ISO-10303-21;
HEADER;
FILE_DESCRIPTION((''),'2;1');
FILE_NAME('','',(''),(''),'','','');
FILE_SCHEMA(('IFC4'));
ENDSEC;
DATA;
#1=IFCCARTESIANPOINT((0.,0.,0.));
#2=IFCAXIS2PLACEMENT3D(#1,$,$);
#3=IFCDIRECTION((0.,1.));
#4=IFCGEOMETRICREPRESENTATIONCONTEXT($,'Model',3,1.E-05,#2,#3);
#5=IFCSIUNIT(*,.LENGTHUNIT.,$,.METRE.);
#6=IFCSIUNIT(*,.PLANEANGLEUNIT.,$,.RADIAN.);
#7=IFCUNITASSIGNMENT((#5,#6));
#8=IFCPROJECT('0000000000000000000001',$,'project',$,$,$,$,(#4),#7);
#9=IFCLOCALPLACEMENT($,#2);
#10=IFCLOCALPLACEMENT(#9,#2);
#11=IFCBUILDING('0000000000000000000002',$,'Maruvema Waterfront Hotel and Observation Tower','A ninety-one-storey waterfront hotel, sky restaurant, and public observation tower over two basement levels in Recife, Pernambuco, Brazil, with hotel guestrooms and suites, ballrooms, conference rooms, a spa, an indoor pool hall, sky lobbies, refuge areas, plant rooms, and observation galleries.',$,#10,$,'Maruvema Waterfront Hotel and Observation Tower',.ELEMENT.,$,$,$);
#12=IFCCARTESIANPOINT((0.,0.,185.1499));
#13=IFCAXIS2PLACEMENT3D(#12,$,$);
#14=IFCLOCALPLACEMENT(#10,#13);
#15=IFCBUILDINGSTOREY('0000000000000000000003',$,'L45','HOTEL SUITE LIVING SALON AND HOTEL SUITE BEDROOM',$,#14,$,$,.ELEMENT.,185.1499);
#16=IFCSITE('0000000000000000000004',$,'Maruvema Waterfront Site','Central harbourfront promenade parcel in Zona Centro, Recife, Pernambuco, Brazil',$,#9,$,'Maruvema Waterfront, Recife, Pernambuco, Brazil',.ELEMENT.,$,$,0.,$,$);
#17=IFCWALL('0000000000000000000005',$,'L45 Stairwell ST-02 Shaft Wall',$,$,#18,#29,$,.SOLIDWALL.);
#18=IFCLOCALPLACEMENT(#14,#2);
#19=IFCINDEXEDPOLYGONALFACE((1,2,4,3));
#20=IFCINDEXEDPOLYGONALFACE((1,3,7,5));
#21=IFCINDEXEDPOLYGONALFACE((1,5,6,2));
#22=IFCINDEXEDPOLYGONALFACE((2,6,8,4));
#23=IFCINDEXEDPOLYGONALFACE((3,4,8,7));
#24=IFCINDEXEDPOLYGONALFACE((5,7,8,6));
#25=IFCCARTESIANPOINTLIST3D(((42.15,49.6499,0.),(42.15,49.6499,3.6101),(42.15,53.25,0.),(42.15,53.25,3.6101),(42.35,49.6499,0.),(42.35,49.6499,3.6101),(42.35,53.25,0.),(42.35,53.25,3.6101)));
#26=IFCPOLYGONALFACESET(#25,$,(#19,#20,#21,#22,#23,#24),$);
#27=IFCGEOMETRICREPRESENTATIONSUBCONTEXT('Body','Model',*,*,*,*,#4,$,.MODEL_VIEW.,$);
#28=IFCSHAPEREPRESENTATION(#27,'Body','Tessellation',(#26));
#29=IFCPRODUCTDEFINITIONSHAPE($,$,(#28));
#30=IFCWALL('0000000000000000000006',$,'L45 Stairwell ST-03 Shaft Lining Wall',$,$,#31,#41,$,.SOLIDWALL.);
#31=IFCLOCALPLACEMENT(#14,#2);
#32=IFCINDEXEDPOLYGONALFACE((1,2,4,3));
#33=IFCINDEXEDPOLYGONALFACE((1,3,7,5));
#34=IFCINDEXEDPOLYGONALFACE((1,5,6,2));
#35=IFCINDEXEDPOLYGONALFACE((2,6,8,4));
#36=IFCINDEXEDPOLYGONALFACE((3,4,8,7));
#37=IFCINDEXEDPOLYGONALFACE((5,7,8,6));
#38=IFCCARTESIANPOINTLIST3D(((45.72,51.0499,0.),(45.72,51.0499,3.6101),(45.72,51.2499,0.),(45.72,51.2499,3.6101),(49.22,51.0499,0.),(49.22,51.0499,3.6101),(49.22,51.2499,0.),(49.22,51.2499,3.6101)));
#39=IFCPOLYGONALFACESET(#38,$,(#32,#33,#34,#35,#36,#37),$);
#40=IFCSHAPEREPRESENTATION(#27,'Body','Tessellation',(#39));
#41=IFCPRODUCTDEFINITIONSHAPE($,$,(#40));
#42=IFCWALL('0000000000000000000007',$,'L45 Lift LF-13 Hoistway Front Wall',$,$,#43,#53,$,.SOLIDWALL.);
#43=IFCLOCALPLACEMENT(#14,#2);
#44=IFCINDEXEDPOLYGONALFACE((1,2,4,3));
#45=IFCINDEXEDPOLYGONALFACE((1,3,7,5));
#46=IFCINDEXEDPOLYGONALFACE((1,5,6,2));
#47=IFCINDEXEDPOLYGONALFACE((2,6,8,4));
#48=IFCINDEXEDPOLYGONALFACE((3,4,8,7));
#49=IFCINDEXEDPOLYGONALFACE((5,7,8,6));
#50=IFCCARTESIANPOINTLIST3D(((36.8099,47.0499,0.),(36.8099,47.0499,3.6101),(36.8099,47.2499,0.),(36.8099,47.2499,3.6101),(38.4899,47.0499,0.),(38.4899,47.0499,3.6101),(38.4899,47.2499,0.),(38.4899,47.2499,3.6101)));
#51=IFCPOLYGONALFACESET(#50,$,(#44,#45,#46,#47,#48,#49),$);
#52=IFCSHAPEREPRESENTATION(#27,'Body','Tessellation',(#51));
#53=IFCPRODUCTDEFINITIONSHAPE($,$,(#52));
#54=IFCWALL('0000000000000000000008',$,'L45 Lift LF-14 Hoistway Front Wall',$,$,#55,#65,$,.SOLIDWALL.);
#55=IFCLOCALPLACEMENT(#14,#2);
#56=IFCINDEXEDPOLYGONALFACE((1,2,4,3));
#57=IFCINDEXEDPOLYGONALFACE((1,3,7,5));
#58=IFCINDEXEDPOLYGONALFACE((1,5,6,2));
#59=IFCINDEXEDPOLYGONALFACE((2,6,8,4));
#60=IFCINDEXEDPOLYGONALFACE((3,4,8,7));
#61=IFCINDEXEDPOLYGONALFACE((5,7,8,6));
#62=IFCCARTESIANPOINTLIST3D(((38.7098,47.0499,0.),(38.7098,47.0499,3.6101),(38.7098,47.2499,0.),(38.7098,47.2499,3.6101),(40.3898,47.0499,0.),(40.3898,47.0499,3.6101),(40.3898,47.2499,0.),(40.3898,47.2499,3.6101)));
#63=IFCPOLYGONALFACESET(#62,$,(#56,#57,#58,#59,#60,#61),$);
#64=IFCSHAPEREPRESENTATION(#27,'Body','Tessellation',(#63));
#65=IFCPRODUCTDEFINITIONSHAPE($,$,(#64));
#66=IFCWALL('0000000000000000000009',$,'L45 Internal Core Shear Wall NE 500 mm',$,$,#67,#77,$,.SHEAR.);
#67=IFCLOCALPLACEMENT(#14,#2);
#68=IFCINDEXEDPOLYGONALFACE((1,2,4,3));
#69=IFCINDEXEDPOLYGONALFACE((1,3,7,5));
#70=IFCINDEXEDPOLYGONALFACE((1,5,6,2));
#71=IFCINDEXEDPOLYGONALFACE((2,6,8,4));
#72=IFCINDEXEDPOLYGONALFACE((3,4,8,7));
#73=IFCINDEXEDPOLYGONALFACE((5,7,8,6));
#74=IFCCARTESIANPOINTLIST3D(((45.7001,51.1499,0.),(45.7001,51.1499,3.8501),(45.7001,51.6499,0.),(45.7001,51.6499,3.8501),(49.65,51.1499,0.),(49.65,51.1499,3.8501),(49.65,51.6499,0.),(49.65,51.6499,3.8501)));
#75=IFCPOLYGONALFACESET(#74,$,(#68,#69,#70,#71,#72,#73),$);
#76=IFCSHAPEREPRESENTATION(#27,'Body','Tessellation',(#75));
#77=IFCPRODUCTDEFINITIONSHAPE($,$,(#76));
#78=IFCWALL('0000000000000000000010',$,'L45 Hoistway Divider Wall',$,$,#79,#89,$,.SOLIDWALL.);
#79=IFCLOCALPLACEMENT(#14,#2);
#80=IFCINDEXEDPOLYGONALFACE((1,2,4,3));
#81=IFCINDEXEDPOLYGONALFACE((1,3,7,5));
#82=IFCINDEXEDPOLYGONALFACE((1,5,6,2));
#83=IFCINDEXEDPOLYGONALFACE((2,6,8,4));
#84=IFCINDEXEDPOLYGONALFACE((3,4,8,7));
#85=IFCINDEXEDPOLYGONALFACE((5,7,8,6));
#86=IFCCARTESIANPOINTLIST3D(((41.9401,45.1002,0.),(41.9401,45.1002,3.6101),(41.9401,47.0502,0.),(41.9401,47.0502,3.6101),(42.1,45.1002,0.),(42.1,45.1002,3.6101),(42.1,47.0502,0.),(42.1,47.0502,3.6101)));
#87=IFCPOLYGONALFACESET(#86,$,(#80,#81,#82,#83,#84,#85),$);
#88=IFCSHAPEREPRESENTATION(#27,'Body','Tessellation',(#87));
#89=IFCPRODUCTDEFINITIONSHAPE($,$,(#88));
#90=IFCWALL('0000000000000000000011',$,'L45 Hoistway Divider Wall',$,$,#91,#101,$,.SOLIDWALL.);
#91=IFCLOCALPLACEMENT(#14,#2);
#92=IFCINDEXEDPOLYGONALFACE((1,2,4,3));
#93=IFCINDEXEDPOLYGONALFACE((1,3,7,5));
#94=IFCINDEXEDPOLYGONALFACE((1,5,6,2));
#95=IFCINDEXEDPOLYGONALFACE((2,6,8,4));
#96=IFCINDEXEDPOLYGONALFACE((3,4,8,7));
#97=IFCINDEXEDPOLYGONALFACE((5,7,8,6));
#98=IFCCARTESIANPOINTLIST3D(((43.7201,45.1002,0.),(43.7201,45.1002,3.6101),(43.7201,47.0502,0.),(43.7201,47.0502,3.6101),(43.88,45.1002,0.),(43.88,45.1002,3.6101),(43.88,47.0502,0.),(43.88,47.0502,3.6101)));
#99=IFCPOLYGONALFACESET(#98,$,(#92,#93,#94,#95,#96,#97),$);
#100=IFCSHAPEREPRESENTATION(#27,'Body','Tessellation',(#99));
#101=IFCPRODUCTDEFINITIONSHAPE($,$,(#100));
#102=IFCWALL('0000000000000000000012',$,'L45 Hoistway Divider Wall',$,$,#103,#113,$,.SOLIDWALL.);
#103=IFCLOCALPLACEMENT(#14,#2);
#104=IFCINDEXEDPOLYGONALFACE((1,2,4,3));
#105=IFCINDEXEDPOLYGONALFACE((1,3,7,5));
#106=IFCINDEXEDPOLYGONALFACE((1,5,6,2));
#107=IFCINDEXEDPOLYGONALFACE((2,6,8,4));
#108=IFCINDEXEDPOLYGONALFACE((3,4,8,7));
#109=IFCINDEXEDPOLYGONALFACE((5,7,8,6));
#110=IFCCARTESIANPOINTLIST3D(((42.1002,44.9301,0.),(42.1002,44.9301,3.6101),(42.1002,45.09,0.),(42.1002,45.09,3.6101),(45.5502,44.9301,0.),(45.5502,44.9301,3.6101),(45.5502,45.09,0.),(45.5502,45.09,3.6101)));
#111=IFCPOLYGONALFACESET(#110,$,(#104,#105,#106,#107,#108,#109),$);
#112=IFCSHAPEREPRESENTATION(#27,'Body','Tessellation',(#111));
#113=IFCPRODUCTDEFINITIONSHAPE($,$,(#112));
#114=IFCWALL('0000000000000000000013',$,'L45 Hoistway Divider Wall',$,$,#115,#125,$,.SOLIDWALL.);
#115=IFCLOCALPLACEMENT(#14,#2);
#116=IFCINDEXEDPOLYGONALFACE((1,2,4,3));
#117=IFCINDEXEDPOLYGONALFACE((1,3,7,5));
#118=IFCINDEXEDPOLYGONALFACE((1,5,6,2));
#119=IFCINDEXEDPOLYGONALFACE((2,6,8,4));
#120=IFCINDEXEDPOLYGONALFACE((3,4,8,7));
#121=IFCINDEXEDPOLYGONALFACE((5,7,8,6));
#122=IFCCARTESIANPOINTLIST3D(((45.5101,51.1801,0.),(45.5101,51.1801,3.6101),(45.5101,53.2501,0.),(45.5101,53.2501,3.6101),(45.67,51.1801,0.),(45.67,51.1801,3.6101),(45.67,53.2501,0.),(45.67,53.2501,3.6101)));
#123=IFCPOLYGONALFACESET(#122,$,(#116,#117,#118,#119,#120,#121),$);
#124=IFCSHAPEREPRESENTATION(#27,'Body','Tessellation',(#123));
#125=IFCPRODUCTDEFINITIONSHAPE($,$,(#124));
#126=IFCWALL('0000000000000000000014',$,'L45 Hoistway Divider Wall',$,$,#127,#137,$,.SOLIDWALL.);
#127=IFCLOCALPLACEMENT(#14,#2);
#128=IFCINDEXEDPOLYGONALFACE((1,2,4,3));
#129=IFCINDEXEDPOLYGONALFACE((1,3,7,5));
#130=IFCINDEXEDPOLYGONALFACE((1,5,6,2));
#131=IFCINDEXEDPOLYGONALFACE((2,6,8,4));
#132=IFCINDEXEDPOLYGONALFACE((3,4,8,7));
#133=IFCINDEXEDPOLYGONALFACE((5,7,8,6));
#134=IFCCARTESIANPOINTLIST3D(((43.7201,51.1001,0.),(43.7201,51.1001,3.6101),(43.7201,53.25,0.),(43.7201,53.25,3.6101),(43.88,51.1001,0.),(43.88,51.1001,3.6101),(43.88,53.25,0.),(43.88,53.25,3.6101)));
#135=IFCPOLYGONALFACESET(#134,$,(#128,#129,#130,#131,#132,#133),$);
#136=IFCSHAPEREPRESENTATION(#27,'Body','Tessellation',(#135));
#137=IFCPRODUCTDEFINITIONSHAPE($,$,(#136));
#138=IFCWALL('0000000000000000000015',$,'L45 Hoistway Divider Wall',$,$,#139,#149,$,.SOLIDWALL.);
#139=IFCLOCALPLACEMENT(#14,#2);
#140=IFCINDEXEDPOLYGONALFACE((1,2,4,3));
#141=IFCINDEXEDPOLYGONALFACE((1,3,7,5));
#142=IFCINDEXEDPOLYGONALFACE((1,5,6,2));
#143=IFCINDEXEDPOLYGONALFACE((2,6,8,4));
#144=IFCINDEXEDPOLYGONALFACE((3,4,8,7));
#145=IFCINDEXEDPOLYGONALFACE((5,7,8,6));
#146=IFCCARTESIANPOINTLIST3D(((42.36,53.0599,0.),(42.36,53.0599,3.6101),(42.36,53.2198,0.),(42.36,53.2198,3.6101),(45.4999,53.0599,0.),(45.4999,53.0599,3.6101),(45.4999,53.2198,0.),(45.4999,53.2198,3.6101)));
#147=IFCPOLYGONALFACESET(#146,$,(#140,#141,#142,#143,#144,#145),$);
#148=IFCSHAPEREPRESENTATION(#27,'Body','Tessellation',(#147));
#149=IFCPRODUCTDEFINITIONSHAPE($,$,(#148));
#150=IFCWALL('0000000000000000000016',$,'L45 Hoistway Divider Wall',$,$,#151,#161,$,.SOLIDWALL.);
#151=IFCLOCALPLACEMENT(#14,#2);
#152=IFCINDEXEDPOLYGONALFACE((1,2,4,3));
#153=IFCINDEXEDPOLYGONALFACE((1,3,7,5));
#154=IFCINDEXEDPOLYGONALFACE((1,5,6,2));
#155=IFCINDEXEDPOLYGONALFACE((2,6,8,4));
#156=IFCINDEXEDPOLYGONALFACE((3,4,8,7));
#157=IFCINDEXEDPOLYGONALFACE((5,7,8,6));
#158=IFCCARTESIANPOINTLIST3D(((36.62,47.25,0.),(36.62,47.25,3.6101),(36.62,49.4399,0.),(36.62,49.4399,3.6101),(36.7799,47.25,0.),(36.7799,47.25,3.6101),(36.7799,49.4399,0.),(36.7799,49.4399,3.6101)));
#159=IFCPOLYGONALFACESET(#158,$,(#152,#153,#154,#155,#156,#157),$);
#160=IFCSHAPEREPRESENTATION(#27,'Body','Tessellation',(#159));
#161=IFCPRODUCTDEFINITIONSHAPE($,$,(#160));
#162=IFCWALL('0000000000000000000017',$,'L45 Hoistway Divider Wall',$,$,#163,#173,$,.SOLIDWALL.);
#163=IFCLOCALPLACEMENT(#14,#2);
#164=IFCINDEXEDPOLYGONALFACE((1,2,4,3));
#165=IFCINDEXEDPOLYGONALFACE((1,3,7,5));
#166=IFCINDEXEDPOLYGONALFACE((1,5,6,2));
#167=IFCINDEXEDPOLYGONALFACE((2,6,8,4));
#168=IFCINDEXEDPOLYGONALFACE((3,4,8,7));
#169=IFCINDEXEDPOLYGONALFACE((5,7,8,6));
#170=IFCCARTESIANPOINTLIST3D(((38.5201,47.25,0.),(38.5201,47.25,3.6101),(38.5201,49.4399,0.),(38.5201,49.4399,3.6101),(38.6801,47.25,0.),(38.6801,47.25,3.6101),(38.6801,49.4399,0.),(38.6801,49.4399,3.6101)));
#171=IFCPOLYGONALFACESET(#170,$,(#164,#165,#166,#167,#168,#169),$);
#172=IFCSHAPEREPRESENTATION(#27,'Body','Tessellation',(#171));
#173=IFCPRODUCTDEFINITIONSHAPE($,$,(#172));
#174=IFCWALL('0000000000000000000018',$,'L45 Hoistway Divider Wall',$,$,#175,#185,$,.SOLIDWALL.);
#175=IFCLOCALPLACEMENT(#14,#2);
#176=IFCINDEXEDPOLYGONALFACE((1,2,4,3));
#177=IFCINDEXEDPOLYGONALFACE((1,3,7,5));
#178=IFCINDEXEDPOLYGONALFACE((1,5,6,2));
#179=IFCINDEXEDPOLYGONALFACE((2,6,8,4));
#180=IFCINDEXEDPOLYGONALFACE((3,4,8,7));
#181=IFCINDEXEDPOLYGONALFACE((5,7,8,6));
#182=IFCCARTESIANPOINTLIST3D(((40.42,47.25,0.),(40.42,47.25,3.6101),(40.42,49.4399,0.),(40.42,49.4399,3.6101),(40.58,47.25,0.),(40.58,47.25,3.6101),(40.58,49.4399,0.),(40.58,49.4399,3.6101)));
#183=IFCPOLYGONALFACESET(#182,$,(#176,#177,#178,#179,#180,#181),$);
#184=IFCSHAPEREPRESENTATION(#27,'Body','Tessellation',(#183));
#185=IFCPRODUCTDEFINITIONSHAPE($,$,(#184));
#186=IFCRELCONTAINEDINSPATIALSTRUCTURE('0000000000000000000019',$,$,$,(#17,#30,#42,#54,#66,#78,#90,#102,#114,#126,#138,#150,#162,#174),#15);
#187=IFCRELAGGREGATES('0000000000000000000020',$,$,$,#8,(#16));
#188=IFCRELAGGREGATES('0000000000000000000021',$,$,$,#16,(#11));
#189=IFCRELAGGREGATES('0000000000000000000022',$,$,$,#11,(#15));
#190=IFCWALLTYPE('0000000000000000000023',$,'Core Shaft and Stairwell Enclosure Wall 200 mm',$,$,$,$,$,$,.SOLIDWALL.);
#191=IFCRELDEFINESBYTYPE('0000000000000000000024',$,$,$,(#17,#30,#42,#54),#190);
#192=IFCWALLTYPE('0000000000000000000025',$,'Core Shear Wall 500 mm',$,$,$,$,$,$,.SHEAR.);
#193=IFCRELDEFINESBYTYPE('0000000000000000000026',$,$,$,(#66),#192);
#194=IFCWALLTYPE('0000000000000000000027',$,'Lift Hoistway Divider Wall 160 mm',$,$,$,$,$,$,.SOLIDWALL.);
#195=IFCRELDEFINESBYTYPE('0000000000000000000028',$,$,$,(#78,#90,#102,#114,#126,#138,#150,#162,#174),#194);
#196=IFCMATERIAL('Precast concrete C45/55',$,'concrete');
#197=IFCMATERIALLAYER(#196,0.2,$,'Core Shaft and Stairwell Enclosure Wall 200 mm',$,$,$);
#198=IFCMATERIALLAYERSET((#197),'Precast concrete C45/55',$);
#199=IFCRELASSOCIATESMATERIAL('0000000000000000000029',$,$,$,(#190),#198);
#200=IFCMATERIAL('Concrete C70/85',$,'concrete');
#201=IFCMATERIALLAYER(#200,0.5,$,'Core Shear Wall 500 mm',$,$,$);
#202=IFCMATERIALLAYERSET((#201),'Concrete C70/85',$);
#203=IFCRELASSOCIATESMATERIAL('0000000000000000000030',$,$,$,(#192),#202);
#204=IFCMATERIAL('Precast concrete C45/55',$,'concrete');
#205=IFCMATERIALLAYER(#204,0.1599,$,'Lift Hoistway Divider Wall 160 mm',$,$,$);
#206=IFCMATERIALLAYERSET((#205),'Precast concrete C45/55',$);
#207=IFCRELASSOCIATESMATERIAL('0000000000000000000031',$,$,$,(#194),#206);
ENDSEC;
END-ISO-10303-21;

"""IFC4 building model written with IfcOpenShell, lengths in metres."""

from ifc_helpers import new_model, si_unit, direction, frame, frame_2d, origin, place, context, subcontext, project, spatial, rectangle, extrude, material, layer, layer_set, type_object, element, save


model = new_model("IFC4")

# Units and contexts
model_context = context("Model", 3, precision=1e-05, world=origin(), true_north=direction((0.0, 1.0)))
body_context = subcontext(model_context, "Body", "Model", "MODEL_VIEW")
ifc_project = project(units=[si_unit("LENGTHUNIT", "METRE"), si_unit("PLANEANGLEUNIT", "RADIAN")], contexts=[model_context])

# Site, building, storey
site_placement = place(None, origin())
site = spatial("IfcSite", under=ifc_project, at=site_placement, Name="Maruvema Waterfront Site", Description="Central harbourfront promenade parcel in Zona Centro, Recife, Pernambuco, Brazil", LongName="Maruvema Waterfront, Recife, Pernambuco, Brazil", CompositionType="ELEMENT", RefElevation=0.0)
building_placement = place(site_placement, origin())
building = spatial("IfcBuilding", under=site, at=building_placement, Name="Maruvema Waterfront Hotel and Observation Tower", Description="A ninety-one-storey waterfront hotel, sky restaurant, and public observation tower over two basement levels in Recife, Pernambuco, Brazil, with hotel guestrooms and suites, ballrooms, conference rooms, a spa, an indoor pool hall, sky lobbies, refuge areas, plant rooms, and observation galleries.", LongName="Maruvema Waterfront Hotel and Observation Tower", CompositionType="ELEMENT")
storey_placement = place(building_placement, frame((0.0, 0.0, 185.1499)))
storey = spatial("IfcBuildingStorey", under=building, at=storey_placement, Name="L45", Description="HOTEL SUITE LIVING SALON AND HOTEL SUITE BEDROOM", CompositionType="ELEMENT", Elevation=185.1499)

# Walls
ifc_material_1 = material(Name="Precast concrete C45/55", Category="concrete")
ifc_layer_1 = layer(ifc_material_1, 0.2, Name="Core Shaft and Stairwell Enclosure Wall 200 mm")
ifc_layer_set_1 = layer_set([ifc_layer_1], Name="Precast concrete C45/55")
wall_type_1 = type_object("IfcWallType", Name="Core Shaft and Stairwell Enclosure Wall 200 mm", PredefinedType="SOLIDWALL", material=ifc_layer_set_1)
wall_1_placement = place(storey_placement, frame((42.25, 49.6499, 0.0), z_axis=(0.0, 0.0, 1.0), x_axis=(0.0, 1.0, 0.0)))
element("IfcWall", 1, at=wall_1_placement, inside=storey, type_object=wall_type_1, Name="L45 Stairwell ST-02 Shaft Wall", PredefinedType="SOLIDWALL", context=body_context, shape_type="SweptSolid", body=[
    extrude(rectangle(XDim=3.6001, YDim=0.2, at=frame_2d((1.8, 0.0))), origin(), (0.0, 0.0, 1.0), 3.6101),
])
wall_2_placement = place(storey_placement, frame((45.72, 51.1499, 0.0), z_axis=(0.0, 0.0, 1.0), x_axis=(1.0, 0.0, 0.0)))
element("IfcWall", 2, at=wall_2_placement, inside=storey, type_object=wall_type_1, Name="L45 Stairwell ST-03 Shaft Lining Wall", PredefinedType="SOLIDWALL", context=body_context, shape_type="SweptSolid", body=[
    extrude(rectangle(XDim=3.5, YDim=0.2, at=frame_2d((1.75, 0.0))), origin(), (0.0, 0.0, 1.0), 3.6101),
])

# Walls
for number, where, z_axis, x_axis, name in (
    (3, (36.8101, 47.1499, 0.0), (0.0, 0.0, 1.0), (1.0, 0.0, 0.0), "L45 Lift LF-13 Hoistway Front Wall"),
    (4, (38.71, 47.1499, 0.0), (0.0, 0.0, 1.0), (1.0, 0.0, 0.0), "L45 Lift LF-14 Hoistway Front Wall"),
):
    element("IfcWall", number, at=place(storey_placement, frame(where, z_axis=z_axis, x_axis=x_axis)), inside=storey, type_object=wall_type_1, Name=name, PredefinedType="SOLIDWALL", context=body_context, shape_type="SweptSolid", body=[
        extrude(rectangle(XDim=1.6799, YDim=0.2, at=frame_2d((0.8398, 0.0))), origin(), (0.0, 0.0, 1.0), 3.6101),
    ])
ifc_material_2 = material(Name="Concrete C70/85", Category="concrete")
ifc_layer_2 = layer(ifc_material_2, 0.5, Name="Core Shear Wall 500 mm")
ifc_layer_set_2 = layer_set([ifc_layer_2], Name="Concrete C70/85")
wall_type_2 = type_object("IfcWallType", Name="Core Shear Wall 500 mm", PredefinedType="SHEAR", material=ifc_layer_set_2)
wall_3_placement = place(storey_placement, frame((45.7, 51.3999, 0.0), z_axis=(0.0, 0.0, 1.0), x_axis=(1.0, 0.0, 0.0)))
element("IfcWall", 5, at=wall_3_placement, inside=storey, type_object=wall_type_2, Name="L45 Internal Core Shear Wall NE 500 mm", PredefinedType="SHEAR", context=body_context, shape_type="SweptSolid", body=[
    extrude(rectangle(XDim=3.95, YDim=0.5, at=frame_2d((1.9751, 0.0))), origin(), (0.0, 0.0, 1.0), 3.8501),
])
ifc_material_3 = material(Name="Precast concrete C45/55", Category="concrete")
ifc_layer_3 = layer(ifc_material_3, 0.1599, Name="Lift Hoistway Divider Wall 160 mm")
ifc_layer_set_3 = layer_set([ifc_layer_3], Name="Precast concrete C45/55")
wall_type_3 = type_object("IfcWallType", Name="Lift Hoistway Divider Wall 160 mm", PredefinedType="SOLIDWALL", material=ifc_layer_set_3)
for number, where, z_axis, x_axis, name in (
    (6, (42.02, 45.1001, 0.0), (0.0, 0.0, 1.0), (0.0, 1.0, 0.0), "L45 Hoistway Divider Wall"),
    (7, (43.8, 45.1001, 0.0), (0.0, 0.0, 1.0), (0.0, 1.0, 0.0), "L45 Hoistway Divider Wall"),
):
    element("IfcWall", number, at=place(storey_placement, frame(where, z_axis=z_axis, x_axis=x_axis)), inside=storey, type_object=wall_type_3, Name=name, PredefinedType="SOLIDWALL", context=body_context, shape_type="SweptSolid", body=[
        extrude(rectangle(XDim=1.95, YDim=0.1599, at=frame_2d((0.9751, 0.0))), origin(), (0.0, 0.0, 1.0), 3.6101),
    ])
wall_4_placement = place(storey_placement, frame((42.1001, 45.01, 0.0), z_axis=(0.0, 0.0, 1.0), x_axis=(1.0, 0.0, 0.0)))
element("IfcWall", 8, at=wall_4_placement, inside=storey, type_object=wall_type_3, Name="L45 Hoistway Divider Wall", PredefinedType="SOLIDWALL", context=body_context, shape_type="SweptSolid", body=[
    extrude(rectangle(XDim=3.45, YDim=0.1599, at=frame_2d((1.7251, 0.0))), origin(), (0.0, 0.0, 1.0), 3.6101),
])
wall_5_placement = place(storey_placement, frame((45.5901, 51.1799, 0.0), z_axis=(0.0, 0.0, 1.0), x_axis=(0.0, 1.0, 0.0)))
element("IfcWall", 9, at=wall_5_placement, inside=storey, type_object=wall_type_3, Name="L45 Hoistway Divider Wall", PredefinedType="SOLIDWALL", context=body_context, shape_type="SweptSolid", body=[
    extrude(rectangle(XDim=2.0701, YDim=0.1599, at=frame_2d((1.0352, 0.0))), origin(), (0.0, 0.0, 1.0), 3.6101),
])
wall_6_placement = place(storey_placement, frame((43.8, 51.1001, 0.0), z_axis=(0.0, 0.0, 1.0), x_axis=(0.0, 1.0, 0.0)))
element("IfcWall", 10, at=wall_6_placement, inside=storey, type_object=wall_type_3, Name="L45 Hoistway Divider Wall", PredefinedType="SOLIDWALL", context=body_context, shape_type="SweptSolid", body=[
    extrude(rectangle(XDim=2.1499, YDim=0.1599, at=frame_2d((1.075, 0.0))), origin(), (0.0, 0.0, 1.0), 3.6101),
])
wall_7_placement = place(storey_placement, frame((42.3601, 53.1399, 0.0), z_axis=(0.0, 0.0, 1.0), x_axis=(1.0, 0.0, 0.0)))
element("IfcWall", 11, at=wall_7_placement, inside=storey, type_object=wall_type_3, Name="L45 Hoistway Divider Wall", PredefinedType="SOLIDWALL", context=body_context, shape_type="SweptSolid", body=[
    extrude(rectangle(XDim=3.1399, YDim=0.1599, at=frame_2d((1.5698, 0.0))), origin(), (0.0, 0.0, 1.0), 3.6101),
])
for number, where, z_axis, x_axis, name in (
    (12, (36.7, 47.25, 0.0), (0.0, 0.0, 1.0), (0.0, 1.0, 0.0), "L45 Hoistway Divider Wall"),
    (13, (38.6001, 47.25, 0.0), (0.0, 0.0, 1.0), (0.0, 1.0, 0.0), "L45 Hoistway Divider Wall"),
    (14, (40.5, 47.25, 0.0), (0.0, 0.0, 1.0), (0.0, 1.0, 0.0), "L45 Hoistway Divider Wall"),
):
    element("IfcWall", number, at=place(storey_placement, frame(where, z_axis=z_axis, x_axis=x_axis)), inside=storey, type_object=wall_type_3, Name=name, PredefinedType="SOLIDWALL", context=body_context, shape_type="SweptSolid", body=[
        extrude(rectangle(XDim=2.1899, YDim=0.1599, at=frame_2d((1.095, 0.0))), origin(), (0.0, 0.0, 1.0), 3.6101),
    ])

save(model, "model.ifc")
